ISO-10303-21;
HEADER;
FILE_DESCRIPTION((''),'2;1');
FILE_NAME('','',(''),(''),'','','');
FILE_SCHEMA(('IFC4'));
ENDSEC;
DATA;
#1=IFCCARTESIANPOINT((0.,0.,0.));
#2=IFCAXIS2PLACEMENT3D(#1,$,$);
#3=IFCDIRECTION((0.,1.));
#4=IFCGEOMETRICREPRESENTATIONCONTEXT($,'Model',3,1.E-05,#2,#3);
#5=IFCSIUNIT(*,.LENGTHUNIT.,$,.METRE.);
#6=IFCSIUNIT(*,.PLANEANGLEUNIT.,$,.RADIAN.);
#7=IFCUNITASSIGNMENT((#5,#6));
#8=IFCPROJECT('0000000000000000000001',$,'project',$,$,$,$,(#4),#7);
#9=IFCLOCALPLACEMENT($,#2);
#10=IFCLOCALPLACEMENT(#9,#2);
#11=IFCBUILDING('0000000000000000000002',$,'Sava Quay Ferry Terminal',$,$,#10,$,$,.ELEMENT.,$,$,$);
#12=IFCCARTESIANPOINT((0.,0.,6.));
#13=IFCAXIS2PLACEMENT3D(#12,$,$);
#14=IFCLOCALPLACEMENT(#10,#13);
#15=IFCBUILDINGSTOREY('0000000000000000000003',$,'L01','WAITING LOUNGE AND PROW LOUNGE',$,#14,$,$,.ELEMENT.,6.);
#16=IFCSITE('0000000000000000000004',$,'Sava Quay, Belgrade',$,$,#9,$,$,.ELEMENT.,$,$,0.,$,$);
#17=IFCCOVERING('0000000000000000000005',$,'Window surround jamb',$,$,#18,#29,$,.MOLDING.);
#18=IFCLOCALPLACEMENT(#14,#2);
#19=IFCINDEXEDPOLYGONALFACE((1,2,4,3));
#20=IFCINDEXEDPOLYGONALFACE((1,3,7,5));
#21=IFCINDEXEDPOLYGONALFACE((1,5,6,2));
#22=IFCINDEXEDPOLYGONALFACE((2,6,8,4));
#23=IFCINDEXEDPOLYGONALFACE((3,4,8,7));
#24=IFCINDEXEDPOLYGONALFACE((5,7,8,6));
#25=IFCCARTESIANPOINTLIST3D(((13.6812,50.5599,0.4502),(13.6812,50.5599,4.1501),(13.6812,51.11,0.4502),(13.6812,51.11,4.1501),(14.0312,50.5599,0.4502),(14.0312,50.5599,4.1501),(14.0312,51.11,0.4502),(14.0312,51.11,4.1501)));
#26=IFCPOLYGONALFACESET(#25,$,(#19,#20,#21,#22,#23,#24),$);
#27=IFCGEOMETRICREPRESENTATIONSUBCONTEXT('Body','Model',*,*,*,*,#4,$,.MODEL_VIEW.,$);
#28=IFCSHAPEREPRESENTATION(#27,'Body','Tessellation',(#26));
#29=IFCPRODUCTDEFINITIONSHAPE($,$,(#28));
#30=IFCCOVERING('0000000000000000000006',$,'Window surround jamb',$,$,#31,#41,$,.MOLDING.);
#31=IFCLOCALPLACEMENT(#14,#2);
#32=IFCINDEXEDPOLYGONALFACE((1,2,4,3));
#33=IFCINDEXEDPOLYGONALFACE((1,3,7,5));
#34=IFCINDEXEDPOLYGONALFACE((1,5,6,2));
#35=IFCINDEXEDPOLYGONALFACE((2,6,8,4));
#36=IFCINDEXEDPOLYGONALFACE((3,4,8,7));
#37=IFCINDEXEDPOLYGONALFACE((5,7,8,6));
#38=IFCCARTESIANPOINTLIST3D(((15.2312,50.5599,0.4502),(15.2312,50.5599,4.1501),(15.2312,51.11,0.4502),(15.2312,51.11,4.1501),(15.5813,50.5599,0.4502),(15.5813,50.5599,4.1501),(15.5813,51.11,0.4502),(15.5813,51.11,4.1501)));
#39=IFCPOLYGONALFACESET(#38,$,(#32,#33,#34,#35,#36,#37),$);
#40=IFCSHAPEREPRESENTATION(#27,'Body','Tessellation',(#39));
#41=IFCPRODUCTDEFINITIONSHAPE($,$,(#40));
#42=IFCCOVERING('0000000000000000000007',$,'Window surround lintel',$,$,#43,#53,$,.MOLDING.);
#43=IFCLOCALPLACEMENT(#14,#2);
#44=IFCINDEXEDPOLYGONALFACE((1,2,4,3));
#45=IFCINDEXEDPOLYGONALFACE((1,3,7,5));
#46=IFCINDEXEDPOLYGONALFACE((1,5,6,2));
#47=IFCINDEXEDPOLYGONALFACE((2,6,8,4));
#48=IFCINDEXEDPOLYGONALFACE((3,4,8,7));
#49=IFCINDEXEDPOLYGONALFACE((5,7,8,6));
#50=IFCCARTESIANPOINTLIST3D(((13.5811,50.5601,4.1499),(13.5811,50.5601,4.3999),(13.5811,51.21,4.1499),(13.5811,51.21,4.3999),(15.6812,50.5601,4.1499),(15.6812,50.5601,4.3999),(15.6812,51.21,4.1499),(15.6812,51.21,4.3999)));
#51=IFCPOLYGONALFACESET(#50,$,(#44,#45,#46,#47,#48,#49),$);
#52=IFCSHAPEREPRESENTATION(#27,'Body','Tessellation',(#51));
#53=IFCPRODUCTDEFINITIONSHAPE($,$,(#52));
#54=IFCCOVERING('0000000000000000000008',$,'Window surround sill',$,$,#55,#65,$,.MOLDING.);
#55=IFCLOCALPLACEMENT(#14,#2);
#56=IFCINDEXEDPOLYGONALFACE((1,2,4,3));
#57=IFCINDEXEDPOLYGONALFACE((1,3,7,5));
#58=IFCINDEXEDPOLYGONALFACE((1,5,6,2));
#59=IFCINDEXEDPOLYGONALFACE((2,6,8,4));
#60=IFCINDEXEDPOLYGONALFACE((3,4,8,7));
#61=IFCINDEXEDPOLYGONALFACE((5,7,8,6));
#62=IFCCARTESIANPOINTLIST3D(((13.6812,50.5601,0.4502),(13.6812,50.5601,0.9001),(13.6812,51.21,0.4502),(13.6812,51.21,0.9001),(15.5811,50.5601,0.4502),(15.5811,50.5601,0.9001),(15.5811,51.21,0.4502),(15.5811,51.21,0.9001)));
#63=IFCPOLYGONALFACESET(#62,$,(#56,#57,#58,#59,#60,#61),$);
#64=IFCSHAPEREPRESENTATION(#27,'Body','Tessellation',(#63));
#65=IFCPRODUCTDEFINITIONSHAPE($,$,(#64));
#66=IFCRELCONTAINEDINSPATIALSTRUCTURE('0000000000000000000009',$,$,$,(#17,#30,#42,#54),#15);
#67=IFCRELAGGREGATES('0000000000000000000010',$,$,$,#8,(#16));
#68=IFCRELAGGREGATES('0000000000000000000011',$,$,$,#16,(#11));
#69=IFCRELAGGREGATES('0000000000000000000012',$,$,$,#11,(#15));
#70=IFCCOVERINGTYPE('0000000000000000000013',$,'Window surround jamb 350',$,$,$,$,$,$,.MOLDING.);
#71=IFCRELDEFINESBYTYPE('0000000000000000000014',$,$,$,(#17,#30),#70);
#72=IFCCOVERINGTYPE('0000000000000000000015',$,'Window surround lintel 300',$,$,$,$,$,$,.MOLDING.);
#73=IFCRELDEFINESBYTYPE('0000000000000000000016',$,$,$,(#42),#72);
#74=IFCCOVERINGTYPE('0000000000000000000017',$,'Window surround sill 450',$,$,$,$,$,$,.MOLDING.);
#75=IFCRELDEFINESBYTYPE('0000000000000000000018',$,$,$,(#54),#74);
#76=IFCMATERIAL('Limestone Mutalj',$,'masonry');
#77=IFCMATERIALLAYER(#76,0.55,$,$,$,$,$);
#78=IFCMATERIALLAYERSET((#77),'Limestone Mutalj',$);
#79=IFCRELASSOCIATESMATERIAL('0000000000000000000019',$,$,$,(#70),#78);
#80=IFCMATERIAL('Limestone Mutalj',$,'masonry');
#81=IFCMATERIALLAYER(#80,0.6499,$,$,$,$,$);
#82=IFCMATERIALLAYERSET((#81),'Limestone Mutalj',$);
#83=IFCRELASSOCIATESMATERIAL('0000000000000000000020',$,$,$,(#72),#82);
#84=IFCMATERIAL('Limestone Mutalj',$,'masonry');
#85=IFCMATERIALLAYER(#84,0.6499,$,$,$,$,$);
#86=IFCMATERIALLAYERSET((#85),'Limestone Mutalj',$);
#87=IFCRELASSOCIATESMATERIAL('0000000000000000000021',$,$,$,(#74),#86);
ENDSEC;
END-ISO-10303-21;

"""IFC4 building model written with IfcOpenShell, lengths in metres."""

from ifc_helpers import new_model, si_unit, direction, frame, origin, origin_2d, place, context, subcontext, project, spatial, rectangle, extrude, material, layer, layer_set, type_object, element, save


model = new_model("IFC4")

# Units and contexts
model_context = context("Model", 3, precision=1e-05, world=origin(), true_north=direction((0.0, 1.0)))
body_context = subcontext(model_context, "Body", "Model", "MODEL_VIEW")
ifc_project = project(units=[si_unit("LENGTHUNIT", "METRE"), si_unit("PLANEANGLEUNIT", "RADIAN")], contexts=[model_context])

# Site, building, storey
site_placement = place(None, origin())
site = spatial("IfcSite", under=ifc_project, at=site_placement, Name="Sava Quay, Belgrade", CompositionType="ELEMENT", RefElevation=0.0)
building_placement = place(site_placement, origin())
building = spatial("IfcBuilding", under=site, at=building_placement, Name="Sava Quay Ferry Terminal", CompositionType="ELEMENT")
storey_placement = place(building_placement, frame((0.0, 0.0, 6.0)))
storey = spatial("IfcBuildingStorey", under=building, at=storey_placement, Name="L01", Description="WAITING LOUNGE AND PROW LOUNGE", CompositionType="ELEMENT", Elevation=6.0)

# Coverings
ifc_material_1 = material(Name="Limestone Mutalj", Category="masonry")
ifc_layer_1 = layer(ifc_material_1, 0.55)
ifc_layer_set_1 = layer_set([ifc_layer_1], Name="Limestone Mutalj")
covering_type_1 = type_object("IfcCoveringType", Name="Window surround jamb 350", PredefinedType="MOLDING", material=ifc_layer_set_1)
for number, where, z_axis, x_axis, name in (
    (1, (13.8562, 50.835, 0.4502), (0.0, 0.0, 1.0), (1.0, 0.0, 0.0), "Window surround jamb"),
    (2, (15.4062, 50.835, 0.4502), (0.0, 0.0, 1.0), (1.0, 0.0, 0.0), "Window surround jamb"),
):
    element("IfcCovering", number, at=place(storey_placement, frame(where, z_axis=z_axis, x_axis=x_axis)), inside=storey, type_object=covering_type_1, Name=name, PredefinedType="MOLDING", context=body_context, shape_type="SweptSolid", body=[
        extrude(rectangle(XDim=0.3501, YDim=0.55, at=origin_2d()), origin(), (0.0, 0.0, 1.0), 3.7),
    ])
ifc_material_2 = material(Name="Limestone Mutalj", Category="masonry")
ifc_layer_2 = layer(ifc_material_2, 0.6499)
ifc_layer_set_2 = layer_set([ifc_layer_2], Name="Limestone Mutalj")
covering_type_2 = type_object("IfcCoveringType", Name="Window surround lintel 300", PredefinedType="MOLDING", material=ifc_layer_set_2)
covering_1_placement = place(storey_placement, frame((14.6311, 50.885, 4.1499), z_axis=(0.0, 0.0, 1.0), x_axis=(1.0, 0.0, 0.0)))
element("IfcCovering", 3, at=covering_1_placement, inside=storey, type_object=covering_type_2, Name="Window surround lintel", PredefinedType="MOLDING", context=body_context, shape_type="SweptSolid", body=[
    extrude(rectangle(XDim=2.1001, YDim=0.6499, at=origin_2d()), origin(), (0.0, 0.0, 1.0), 0.25),
])
ifc_material_3 = material(Name="Limestone Mutalj", Category="masonry")
ifc_layer_3 = layer(ifc_material_3, 0.6499)
ifc_layer_set_3 = layer_set([ifc_layer_3], Name="Limestone Mutalj")
covering_type_3 = type_object("IfcCoveringType", Name="Window surround sill 450", PredefinedType="MOLDING", material=ifc_layer_set_3)
covering_2_placement = place(storey_placement, frame((14.6311, 50.885, 0.4502), z_axis=(0.0, 0.0, 1.0), x_axis=(1.0, 0.0, 0.0)))
element("IfcCovering", 4, at=covering_2_placement, inside=storey, type_object=covering_type_3, Name="Window surround sill", PredefinedType="MOLDING", context=body_context, shape_type="SweptSolid", body=[
    extrude(rectangle(XDim=1.8999, YDim=0.6499, at=origin_2d()), origin(), (0.0, 0.0, 1.0), 0.45),
])

save(model, "model.ifc")
